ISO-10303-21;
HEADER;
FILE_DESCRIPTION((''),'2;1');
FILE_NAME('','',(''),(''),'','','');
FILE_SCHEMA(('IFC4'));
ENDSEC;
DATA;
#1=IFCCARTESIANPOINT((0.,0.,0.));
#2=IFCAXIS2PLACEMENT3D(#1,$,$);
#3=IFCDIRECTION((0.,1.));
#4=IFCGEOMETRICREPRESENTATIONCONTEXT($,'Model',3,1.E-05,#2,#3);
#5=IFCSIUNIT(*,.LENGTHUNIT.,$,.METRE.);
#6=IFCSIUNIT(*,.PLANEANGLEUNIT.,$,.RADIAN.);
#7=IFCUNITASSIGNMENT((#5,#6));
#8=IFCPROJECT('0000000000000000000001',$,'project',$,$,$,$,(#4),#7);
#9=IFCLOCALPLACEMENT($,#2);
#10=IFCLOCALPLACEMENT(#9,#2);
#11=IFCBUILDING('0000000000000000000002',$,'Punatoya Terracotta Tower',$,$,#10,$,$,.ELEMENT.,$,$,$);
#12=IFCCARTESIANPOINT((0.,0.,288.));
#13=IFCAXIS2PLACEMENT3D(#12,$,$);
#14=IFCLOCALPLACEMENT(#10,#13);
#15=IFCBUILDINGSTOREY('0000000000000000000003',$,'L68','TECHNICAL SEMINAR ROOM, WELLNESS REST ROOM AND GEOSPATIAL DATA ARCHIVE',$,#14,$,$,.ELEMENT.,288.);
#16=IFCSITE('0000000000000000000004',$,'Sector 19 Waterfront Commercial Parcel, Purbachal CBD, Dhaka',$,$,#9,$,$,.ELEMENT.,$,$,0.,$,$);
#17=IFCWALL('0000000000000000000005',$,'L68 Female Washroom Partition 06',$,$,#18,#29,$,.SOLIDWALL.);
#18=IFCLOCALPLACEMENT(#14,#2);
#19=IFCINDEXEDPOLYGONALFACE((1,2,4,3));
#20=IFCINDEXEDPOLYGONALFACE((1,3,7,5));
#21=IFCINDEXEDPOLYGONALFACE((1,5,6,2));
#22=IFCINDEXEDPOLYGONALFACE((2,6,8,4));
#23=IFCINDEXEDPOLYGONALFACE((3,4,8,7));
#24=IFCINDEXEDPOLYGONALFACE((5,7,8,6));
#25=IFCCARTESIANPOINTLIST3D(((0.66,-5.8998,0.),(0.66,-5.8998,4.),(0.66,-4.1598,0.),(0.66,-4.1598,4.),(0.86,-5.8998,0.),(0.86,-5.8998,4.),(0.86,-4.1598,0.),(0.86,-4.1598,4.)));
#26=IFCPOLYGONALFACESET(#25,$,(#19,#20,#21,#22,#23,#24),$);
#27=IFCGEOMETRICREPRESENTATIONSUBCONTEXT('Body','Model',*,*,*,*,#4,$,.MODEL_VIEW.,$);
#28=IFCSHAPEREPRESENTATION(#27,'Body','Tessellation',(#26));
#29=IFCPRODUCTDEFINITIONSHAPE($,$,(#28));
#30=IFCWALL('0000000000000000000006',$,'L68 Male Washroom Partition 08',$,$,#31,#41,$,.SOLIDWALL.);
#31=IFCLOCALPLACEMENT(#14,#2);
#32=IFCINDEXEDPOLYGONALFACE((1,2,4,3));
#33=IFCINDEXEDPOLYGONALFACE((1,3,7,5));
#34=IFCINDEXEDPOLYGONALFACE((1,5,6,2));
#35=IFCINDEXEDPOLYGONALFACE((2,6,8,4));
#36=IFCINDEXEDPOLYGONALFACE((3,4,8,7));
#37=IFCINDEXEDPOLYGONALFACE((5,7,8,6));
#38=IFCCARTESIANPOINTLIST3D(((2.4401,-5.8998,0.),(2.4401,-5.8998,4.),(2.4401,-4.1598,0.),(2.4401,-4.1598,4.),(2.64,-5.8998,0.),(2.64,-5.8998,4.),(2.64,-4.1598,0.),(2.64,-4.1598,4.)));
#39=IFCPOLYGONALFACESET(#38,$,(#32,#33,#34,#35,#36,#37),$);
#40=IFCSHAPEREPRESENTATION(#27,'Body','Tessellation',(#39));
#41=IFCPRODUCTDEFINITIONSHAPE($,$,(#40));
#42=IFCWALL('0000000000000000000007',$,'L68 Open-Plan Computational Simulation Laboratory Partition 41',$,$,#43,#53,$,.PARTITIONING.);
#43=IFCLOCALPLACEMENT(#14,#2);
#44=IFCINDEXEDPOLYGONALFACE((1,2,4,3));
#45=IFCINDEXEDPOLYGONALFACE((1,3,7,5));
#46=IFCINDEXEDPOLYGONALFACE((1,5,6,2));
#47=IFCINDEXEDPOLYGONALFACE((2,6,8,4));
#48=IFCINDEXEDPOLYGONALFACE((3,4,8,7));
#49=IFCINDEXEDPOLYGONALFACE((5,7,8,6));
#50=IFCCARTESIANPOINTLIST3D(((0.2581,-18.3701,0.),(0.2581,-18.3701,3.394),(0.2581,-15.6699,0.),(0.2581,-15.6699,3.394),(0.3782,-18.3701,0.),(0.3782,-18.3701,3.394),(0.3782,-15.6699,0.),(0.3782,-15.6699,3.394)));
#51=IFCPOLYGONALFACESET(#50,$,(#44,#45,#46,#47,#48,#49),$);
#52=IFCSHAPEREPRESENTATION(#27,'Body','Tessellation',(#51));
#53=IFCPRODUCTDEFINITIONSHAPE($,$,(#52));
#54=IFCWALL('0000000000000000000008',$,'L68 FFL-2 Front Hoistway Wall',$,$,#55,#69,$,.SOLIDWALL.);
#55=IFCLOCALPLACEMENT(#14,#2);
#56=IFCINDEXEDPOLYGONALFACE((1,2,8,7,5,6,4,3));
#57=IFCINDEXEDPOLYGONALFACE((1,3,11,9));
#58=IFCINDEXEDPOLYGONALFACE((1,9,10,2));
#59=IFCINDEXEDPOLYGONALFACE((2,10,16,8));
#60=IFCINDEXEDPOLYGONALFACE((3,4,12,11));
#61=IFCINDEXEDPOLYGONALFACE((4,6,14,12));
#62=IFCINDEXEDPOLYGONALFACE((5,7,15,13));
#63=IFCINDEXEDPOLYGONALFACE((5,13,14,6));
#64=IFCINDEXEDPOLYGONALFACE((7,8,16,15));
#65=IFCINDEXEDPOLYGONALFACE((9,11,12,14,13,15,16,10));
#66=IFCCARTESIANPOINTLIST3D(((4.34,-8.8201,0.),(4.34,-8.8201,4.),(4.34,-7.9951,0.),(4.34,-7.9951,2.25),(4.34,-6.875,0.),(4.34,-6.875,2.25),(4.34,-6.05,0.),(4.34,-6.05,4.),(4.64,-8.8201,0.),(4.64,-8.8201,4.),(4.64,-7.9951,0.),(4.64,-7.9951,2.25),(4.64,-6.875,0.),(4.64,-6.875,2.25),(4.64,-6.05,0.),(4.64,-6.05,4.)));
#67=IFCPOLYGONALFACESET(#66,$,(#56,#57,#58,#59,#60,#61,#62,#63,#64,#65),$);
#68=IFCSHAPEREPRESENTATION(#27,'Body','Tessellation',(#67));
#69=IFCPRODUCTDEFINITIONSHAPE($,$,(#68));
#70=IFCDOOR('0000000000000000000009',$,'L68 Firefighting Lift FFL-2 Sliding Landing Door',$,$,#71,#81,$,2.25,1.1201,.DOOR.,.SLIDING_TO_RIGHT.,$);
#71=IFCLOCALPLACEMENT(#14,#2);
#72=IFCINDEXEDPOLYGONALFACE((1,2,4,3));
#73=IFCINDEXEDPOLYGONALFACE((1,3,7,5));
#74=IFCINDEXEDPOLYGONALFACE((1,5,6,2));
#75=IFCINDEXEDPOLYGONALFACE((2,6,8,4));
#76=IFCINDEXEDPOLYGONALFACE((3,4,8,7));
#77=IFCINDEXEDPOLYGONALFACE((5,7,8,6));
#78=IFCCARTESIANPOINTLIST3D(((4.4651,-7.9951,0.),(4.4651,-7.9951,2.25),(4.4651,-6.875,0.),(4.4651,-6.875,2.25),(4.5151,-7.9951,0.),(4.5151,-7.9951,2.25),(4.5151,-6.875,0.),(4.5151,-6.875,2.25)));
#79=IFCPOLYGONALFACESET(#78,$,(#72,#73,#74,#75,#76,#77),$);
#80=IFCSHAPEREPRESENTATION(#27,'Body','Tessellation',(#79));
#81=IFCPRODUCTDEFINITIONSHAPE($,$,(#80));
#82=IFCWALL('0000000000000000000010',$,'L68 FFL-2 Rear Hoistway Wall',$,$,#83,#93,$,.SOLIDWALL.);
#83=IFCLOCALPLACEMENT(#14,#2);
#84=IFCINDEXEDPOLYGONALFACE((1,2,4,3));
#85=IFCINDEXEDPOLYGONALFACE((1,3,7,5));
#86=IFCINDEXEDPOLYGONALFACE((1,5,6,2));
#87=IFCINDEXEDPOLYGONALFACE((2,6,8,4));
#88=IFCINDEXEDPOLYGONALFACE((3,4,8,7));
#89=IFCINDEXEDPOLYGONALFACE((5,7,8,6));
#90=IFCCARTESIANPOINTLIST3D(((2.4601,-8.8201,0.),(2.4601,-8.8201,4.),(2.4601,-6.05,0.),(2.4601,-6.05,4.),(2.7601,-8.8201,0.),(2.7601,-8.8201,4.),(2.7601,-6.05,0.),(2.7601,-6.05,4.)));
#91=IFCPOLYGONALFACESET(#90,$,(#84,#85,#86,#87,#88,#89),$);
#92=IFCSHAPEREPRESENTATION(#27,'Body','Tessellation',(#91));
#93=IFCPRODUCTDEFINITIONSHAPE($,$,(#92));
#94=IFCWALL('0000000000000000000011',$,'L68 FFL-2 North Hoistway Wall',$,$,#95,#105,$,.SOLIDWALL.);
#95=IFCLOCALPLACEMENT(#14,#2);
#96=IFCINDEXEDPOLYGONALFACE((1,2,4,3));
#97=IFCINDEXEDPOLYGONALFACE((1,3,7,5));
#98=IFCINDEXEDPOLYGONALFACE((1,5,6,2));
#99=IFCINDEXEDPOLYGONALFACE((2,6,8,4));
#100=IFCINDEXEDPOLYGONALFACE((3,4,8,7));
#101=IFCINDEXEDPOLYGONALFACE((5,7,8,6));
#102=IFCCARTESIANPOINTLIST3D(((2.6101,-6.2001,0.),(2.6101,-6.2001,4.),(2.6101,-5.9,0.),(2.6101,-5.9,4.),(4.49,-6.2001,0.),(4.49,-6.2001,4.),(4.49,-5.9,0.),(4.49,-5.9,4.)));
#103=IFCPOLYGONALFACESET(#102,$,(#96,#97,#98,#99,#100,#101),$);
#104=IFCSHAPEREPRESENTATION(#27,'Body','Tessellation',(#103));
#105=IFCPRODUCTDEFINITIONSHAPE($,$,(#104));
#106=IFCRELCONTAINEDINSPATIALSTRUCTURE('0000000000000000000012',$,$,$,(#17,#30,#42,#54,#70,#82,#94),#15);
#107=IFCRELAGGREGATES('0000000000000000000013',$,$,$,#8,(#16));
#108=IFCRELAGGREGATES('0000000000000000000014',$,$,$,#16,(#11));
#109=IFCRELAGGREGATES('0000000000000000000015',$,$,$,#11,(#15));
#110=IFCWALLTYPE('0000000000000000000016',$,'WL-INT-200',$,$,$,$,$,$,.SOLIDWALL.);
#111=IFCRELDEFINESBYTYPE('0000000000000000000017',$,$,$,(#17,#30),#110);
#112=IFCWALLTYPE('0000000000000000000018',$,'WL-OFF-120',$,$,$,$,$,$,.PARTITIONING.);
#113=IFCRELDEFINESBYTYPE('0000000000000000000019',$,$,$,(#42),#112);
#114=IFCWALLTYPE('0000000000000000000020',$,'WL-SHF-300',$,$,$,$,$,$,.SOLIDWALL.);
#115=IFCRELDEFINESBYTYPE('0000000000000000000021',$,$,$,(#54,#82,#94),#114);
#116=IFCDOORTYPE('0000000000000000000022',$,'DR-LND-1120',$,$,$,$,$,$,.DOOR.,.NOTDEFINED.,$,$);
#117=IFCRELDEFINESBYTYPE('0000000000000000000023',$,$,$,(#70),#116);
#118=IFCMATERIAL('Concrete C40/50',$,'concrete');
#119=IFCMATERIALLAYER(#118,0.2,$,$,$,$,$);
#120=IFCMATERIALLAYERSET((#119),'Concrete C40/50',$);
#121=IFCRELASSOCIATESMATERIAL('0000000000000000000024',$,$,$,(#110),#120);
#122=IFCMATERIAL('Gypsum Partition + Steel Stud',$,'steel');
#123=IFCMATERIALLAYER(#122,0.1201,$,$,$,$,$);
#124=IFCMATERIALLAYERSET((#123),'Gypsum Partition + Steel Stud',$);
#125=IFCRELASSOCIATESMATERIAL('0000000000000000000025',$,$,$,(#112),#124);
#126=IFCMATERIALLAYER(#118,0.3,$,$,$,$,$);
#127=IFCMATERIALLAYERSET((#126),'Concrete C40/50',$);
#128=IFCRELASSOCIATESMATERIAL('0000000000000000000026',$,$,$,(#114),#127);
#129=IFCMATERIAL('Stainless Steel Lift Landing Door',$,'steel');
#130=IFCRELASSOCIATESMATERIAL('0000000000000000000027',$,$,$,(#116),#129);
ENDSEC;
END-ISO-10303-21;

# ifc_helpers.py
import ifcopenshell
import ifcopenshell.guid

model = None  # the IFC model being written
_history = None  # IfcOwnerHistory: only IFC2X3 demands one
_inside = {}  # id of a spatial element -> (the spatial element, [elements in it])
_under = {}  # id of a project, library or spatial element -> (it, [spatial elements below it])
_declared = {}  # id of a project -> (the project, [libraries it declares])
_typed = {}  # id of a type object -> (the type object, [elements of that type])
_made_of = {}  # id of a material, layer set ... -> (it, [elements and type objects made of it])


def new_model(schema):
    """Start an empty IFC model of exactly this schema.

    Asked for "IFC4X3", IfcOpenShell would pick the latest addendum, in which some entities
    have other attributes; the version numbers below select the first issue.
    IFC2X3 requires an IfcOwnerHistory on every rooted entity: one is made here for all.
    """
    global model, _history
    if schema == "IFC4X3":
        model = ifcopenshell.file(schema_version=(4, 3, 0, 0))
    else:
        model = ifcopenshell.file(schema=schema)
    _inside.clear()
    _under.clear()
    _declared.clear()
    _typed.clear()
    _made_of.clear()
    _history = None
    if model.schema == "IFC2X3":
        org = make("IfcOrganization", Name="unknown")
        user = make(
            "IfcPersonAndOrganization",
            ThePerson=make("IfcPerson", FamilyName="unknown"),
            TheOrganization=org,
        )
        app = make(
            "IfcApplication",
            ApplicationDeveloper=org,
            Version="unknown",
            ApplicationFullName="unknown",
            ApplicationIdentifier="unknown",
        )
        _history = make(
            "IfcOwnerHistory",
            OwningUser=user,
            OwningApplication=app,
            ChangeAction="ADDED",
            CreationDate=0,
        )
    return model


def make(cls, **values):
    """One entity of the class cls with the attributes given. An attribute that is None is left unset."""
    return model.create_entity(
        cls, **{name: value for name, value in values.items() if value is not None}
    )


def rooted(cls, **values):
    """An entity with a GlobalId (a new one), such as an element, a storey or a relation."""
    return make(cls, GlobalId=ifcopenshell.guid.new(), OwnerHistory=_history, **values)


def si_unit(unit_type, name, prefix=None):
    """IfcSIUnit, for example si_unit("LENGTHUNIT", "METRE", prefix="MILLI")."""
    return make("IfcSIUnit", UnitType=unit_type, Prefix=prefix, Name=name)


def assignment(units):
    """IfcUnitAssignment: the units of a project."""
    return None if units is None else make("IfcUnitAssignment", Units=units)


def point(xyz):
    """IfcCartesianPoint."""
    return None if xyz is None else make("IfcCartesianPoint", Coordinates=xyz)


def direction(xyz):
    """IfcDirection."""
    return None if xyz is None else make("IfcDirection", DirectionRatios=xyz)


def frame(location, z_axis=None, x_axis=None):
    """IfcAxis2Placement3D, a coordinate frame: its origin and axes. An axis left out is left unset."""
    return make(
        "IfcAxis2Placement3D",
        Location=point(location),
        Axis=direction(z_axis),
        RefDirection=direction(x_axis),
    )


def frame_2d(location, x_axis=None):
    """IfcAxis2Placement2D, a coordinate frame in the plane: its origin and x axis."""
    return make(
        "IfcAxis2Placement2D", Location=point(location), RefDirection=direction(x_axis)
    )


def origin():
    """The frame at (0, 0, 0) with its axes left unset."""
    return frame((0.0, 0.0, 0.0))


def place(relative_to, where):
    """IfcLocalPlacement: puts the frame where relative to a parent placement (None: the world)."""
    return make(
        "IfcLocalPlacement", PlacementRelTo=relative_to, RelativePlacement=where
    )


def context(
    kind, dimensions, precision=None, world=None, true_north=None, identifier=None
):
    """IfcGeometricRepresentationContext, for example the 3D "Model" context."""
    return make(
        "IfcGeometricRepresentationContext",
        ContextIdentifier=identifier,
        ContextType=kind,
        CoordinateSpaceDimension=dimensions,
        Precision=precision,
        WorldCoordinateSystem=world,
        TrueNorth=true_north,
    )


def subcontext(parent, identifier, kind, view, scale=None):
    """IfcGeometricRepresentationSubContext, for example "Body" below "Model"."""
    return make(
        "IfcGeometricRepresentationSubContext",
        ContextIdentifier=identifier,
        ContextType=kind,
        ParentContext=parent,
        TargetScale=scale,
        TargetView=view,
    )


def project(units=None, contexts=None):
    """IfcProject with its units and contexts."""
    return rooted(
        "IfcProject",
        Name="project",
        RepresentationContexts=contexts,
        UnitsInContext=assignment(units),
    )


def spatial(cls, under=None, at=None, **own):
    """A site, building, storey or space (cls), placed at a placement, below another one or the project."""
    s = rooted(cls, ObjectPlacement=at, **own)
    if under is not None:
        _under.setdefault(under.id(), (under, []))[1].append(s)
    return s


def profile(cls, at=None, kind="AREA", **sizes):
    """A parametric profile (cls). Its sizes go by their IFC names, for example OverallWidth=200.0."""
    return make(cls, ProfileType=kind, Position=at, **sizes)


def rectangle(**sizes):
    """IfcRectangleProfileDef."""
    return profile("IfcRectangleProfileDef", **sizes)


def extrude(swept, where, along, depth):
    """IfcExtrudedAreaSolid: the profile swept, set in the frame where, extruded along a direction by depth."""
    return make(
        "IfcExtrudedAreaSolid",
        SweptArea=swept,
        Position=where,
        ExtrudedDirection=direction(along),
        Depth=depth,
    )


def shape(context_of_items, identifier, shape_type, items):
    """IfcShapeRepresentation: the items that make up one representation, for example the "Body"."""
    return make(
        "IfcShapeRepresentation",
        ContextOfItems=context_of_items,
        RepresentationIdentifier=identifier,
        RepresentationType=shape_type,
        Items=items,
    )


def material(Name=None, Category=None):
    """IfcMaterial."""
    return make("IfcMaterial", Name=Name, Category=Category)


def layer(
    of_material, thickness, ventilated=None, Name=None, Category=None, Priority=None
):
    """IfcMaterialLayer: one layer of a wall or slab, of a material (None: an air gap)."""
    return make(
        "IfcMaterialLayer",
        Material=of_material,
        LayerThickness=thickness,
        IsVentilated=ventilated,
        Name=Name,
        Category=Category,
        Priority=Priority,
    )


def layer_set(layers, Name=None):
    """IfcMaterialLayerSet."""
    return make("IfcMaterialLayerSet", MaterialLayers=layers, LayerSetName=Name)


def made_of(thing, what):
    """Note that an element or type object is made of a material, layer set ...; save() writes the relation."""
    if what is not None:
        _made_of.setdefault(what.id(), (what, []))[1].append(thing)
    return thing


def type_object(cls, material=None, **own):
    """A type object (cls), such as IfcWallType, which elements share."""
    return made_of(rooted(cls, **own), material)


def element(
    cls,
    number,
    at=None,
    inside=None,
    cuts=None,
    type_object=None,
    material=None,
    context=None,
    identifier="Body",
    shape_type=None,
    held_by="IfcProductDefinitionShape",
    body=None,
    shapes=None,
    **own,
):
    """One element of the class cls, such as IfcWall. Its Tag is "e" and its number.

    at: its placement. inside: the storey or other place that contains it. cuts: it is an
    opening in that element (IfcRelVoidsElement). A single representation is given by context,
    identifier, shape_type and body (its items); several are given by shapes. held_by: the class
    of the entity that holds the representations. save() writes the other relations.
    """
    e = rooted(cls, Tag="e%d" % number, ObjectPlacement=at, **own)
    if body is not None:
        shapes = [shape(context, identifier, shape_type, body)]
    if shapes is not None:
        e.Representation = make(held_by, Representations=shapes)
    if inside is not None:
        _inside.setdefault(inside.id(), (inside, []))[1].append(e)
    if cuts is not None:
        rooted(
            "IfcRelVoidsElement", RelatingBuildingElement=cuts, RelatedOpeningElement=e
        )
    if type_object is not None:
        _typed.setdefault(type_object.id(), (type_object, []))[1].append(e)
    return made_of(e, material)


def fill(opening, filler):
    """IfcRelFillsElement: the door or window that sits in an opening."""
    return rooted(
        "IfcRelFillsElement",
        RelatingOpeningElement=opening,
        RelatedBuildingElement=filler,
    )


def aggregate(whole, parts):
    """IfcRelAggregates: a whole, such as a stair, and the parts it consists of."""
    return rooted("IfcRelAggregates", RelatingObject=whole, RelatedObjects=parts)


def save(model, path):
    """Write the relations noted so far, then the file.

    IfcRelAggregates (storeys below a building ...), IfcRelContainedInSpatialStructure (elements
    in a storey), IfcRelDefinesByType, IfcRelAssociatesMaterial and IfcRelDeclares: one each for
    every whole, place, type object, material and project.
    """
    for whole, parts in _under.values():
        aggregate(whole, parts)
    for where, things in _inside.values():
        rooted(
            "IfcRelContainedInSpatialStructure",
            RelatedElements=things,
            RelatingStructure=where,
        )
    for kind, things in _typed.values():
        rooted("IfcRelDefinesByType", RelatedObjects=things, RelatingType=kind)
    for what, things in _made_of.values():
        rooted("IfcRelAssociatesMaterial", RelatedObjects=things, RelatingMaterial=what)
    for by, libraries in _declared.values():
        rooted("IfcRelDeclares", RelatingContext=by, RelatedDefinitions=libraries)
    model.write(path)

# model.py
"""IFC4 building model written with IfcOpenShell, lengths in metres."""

from ifc_helpers import new_model, si_unit, direction, frame, frame_2d, origin, place, context, subcontext, project, spatial, rectangle, extrude, material, layer, layer_set, type_object, element, fill, save


model = new_model("IFC4")

# Units and contexts
model_context = context("Model", 3, precision=1e-05, world=origin(), true_north=direction((0.0, 1.0)))
body_context = subcontext(model_context, "Body", "Model", "MODEL_VIEW")
ifc_project = project(units=[si_unit("LENGTHUNIT", "METRE"), si_unit("PLANEANGLEUNIT", "RADIAN")], contexts=[model_context])

# Site, building, storey
site_placement = place(None, origin())
site = spatial("IfcSite", under=ifc_project, at=site_placement, Name="Sector 19 Waterfront Commercial Parcel, Purbachal CBD, Dhaka", CompositionType="ELEMENT", RefElevation=0.0)
building_placement = place(site_placement, origin())
building = spatial("IfcBuilding", under=site, at=building_placement, Name="Punatoya Terracotta Tower", CompositionType="ELEMENT")
storey_placement = place(building_placement, frame((0.0, 0.0, 288.0)))
storey = spatial("IfcBuildingStorey", under=building, at=storey_placement, Name="L68", Description="TECHNICAL SEMINAR ROOM, WELLNESS REST ROOM AND GEOSPATIAL DATA ARCHIVE", CompositionType="ELEMENT", Elevation=288.0)

# Walls
ifc_material_1 = material(Name="Concrete C40/50", Category="concrete")
ifc_layer_1 = layer(ifc_material_1, 0.2)
ifc_layer_set_1 = layer_set([ifc_layer_1], Name="Concrete C40/50")
wall_type_1 = type_object("IfcWallType", Name="WL-INT-200", PredefinedType="SOLIDWALL", material=ifc_layer_set_1)
for number, where, z_axis, x_axis, name in (
    (1, (0.76, -5.8999, 0.0), (0.0, 0.0, 1.0), (0.0, 1.0, 0.0), "L68 Female Washroom Partition 06"),
    (2, (2.54, -5.8999, 0.0), (0.0, 0.0, 1.0), (0.0, 1.0, 0.0), "L68 Male Washroom Partition 08"),
):
    element("IfcWall", number, at=place(storey_placement, frame(where, z_axis=z_axis, x_axis=x_axis)), inside=storey, type_object=wall_type_1, Name=name, PredefinedType="SOLIDWALL", context=body_context, shape_type="SweptSolid", body=[
        extrude(rectangle(XDim=1.74, YDim=0.2, at=frame_2d((0.8701, 0.0))), origin(), (0.0, 0.0, 1.0), 4.0),
    ])
ifc_material_2 = material(Name="Gypsum Partition + Steel Stud", Category="steel")
ifc_layer_2 = layer(ifc_material_2, 0.1201)
ifc_layer_set_2 = layer_set([ifc_layer_2], Name="Gypsum Partition + Steel Stud")
wall_type_2 = type_object("IfcWallType", Name="WL-OFF-120", PredefinedType="PARTITIONING", material=ifc_layer_set_2)
wall_1_placement = place(storey_placement, frame((0.3181, -15.6699, 0.0), z_axis=(0.0, 0.0, 1.0), x_axis=(0.0, -1.0, 0.0)))
element("IfcWall", 3, at=wall_1_placement, inside=storey, type_object=wall_type_2, Name="L68 Open-Plan Computational Simulation Laboratory Partition 41", PredefinedType="PARTITIONING", context=body_context, shape_type="SweptSolid", body=[
    extrude(rectangle(XDim=2.7002, YDim=0.1201, at=frame_2d((1.3501, 0.0))), origin(), (0.0, 0.0, 1.0), 3.394),
])

# Wall, opening, door
ifc_layer_3 = layer(ifc_material_1, 0.3)
ifc_layer_set_3 = layer_set([ifc_layer_3], Name="Concrete C40/50")
wall_type_3 = type_object("IfcWallType", Name="WL-SHF-300", PredefinedType="SOLIDWALL", material=ifc_layer_set_3)
wall_2_placement = place(storey_placement, frame((4.49, -8.8201, 0.0), z_axis=(0.0, 0.0, 1.0), x_axis=(0.0, 1.0, 0.0)))
wall_2 = element("IfcWall", 4, at=wall_2_placement, inside=storey, type_object=wall_type_3, Name="L68 FFL-2 Front Hoistway Wall", PredefinedType="SOLIDWALL", context=body_context, shape_type="SweptSolid", body=[
    extrude(rectangle(XDim=2.77, YDim=0.3, at=frame_2d((1.385, 0.0))), origin(), (0.0, 0.0, 1.0), 4.0),
])
opening_1_placement = place(wall_2_placement, frame((0.825, 0.0, 0.0)))
opening_1 = element("IfcOpeningElement", 5, at=opening_1_placement, cuts=wall_2, PredefinedType="OPENING", context=body_context, shape_type="SweptSolid", body=[
    extrude(rectangle(XDim=1.1201, YDim=2.25, at=frame_2d((0.5601, 1.125))), frame((0.0, 0.1599, 0.0), z_axis=(0.0, -1.0, 0.0), x_axis=(1.0, 0.0, 0.0)), (0.0, 0.0, 1.0), 0.3201),
])
ifc_material_3 = material(Name="Stainless Steel Lift Landing Door", Category="steel")
door_type_1 = type_object("IfcDoorType", Name="DR-LND-1120", OperationType="NOTDEFINED", PredefinedType="DOOR", material=ifc_material_3)
door_1_placement = place(opening_1_placement, origin())
door_1 = element("IfcDoor", 6, at=door_1_placement, inside=storey, type_object=door_type_1, Name="L68 Firefighting Lift FFL-2 Sliding Landing Door", OperationType="SLIDING_TO_RIGHT", OverallHeight=2.25, OverallWidth=1.1201, PredefinedType="DOOR", context=body_context, shape_type="SweptSolid", body=[
    extrude(rectangle(XDim=1.1201, YDim=2.25, at=frame_2d((0.5601, 1.125))), frame((0.0, 0.0249, 0.0), z_axis=(0.0, -1.0, 0.0), x_axis=(1.0, 0.0, 0.0)), (0.0, 0.0, 1.0), 0.05),
])
fill(opening_1, door_1)

# Walls
wall_3_placement = place(storey_placement, frame((2.6101, -8.8201, 0.0), z_axis=(0.0, 0.0, 1.0), x_axis=(0.0, 1.0, 0.0)))
element("IfcWall", 7, at=wall_3_placement, inside=storey, type_object=wall_type_3, Name="L68 FFL-2 Rear Hoistway Wall", PredefinedType="SOLIDWALL", context=body_context, shape_type="SweptSolid", body=[
    extrude(rectangle(XDim=2.77, YDim=0.3, at=frame_2d((1.385, 0.0))), origin(), (0.0, 0.0, 1.0), 4.0),
])
wall_4_placement = place(storey_placement, frame((2.6101, -6.05, 0.0), z_axis=(0.0, 0.0, 1.0), x_axis=(1.0, 0.0, 0.0)))
element("IfcWall", 8, at=wall_4_placement, inside=storey, type_object=wall_type_3, Name="L68 FFL-2 North Hoistway Wall", PredefinedType="SOLIDWALL", context=body_context, shape_type="SweptSolid", body=[
    extrude(rectangle(XDim=1.8799, YDim=0.3, at=frame_2d((0.9399, 0.0))), origin(), (0.0, 0.0, 1.0), 4.0),
])

save(model, "model.ifc")
